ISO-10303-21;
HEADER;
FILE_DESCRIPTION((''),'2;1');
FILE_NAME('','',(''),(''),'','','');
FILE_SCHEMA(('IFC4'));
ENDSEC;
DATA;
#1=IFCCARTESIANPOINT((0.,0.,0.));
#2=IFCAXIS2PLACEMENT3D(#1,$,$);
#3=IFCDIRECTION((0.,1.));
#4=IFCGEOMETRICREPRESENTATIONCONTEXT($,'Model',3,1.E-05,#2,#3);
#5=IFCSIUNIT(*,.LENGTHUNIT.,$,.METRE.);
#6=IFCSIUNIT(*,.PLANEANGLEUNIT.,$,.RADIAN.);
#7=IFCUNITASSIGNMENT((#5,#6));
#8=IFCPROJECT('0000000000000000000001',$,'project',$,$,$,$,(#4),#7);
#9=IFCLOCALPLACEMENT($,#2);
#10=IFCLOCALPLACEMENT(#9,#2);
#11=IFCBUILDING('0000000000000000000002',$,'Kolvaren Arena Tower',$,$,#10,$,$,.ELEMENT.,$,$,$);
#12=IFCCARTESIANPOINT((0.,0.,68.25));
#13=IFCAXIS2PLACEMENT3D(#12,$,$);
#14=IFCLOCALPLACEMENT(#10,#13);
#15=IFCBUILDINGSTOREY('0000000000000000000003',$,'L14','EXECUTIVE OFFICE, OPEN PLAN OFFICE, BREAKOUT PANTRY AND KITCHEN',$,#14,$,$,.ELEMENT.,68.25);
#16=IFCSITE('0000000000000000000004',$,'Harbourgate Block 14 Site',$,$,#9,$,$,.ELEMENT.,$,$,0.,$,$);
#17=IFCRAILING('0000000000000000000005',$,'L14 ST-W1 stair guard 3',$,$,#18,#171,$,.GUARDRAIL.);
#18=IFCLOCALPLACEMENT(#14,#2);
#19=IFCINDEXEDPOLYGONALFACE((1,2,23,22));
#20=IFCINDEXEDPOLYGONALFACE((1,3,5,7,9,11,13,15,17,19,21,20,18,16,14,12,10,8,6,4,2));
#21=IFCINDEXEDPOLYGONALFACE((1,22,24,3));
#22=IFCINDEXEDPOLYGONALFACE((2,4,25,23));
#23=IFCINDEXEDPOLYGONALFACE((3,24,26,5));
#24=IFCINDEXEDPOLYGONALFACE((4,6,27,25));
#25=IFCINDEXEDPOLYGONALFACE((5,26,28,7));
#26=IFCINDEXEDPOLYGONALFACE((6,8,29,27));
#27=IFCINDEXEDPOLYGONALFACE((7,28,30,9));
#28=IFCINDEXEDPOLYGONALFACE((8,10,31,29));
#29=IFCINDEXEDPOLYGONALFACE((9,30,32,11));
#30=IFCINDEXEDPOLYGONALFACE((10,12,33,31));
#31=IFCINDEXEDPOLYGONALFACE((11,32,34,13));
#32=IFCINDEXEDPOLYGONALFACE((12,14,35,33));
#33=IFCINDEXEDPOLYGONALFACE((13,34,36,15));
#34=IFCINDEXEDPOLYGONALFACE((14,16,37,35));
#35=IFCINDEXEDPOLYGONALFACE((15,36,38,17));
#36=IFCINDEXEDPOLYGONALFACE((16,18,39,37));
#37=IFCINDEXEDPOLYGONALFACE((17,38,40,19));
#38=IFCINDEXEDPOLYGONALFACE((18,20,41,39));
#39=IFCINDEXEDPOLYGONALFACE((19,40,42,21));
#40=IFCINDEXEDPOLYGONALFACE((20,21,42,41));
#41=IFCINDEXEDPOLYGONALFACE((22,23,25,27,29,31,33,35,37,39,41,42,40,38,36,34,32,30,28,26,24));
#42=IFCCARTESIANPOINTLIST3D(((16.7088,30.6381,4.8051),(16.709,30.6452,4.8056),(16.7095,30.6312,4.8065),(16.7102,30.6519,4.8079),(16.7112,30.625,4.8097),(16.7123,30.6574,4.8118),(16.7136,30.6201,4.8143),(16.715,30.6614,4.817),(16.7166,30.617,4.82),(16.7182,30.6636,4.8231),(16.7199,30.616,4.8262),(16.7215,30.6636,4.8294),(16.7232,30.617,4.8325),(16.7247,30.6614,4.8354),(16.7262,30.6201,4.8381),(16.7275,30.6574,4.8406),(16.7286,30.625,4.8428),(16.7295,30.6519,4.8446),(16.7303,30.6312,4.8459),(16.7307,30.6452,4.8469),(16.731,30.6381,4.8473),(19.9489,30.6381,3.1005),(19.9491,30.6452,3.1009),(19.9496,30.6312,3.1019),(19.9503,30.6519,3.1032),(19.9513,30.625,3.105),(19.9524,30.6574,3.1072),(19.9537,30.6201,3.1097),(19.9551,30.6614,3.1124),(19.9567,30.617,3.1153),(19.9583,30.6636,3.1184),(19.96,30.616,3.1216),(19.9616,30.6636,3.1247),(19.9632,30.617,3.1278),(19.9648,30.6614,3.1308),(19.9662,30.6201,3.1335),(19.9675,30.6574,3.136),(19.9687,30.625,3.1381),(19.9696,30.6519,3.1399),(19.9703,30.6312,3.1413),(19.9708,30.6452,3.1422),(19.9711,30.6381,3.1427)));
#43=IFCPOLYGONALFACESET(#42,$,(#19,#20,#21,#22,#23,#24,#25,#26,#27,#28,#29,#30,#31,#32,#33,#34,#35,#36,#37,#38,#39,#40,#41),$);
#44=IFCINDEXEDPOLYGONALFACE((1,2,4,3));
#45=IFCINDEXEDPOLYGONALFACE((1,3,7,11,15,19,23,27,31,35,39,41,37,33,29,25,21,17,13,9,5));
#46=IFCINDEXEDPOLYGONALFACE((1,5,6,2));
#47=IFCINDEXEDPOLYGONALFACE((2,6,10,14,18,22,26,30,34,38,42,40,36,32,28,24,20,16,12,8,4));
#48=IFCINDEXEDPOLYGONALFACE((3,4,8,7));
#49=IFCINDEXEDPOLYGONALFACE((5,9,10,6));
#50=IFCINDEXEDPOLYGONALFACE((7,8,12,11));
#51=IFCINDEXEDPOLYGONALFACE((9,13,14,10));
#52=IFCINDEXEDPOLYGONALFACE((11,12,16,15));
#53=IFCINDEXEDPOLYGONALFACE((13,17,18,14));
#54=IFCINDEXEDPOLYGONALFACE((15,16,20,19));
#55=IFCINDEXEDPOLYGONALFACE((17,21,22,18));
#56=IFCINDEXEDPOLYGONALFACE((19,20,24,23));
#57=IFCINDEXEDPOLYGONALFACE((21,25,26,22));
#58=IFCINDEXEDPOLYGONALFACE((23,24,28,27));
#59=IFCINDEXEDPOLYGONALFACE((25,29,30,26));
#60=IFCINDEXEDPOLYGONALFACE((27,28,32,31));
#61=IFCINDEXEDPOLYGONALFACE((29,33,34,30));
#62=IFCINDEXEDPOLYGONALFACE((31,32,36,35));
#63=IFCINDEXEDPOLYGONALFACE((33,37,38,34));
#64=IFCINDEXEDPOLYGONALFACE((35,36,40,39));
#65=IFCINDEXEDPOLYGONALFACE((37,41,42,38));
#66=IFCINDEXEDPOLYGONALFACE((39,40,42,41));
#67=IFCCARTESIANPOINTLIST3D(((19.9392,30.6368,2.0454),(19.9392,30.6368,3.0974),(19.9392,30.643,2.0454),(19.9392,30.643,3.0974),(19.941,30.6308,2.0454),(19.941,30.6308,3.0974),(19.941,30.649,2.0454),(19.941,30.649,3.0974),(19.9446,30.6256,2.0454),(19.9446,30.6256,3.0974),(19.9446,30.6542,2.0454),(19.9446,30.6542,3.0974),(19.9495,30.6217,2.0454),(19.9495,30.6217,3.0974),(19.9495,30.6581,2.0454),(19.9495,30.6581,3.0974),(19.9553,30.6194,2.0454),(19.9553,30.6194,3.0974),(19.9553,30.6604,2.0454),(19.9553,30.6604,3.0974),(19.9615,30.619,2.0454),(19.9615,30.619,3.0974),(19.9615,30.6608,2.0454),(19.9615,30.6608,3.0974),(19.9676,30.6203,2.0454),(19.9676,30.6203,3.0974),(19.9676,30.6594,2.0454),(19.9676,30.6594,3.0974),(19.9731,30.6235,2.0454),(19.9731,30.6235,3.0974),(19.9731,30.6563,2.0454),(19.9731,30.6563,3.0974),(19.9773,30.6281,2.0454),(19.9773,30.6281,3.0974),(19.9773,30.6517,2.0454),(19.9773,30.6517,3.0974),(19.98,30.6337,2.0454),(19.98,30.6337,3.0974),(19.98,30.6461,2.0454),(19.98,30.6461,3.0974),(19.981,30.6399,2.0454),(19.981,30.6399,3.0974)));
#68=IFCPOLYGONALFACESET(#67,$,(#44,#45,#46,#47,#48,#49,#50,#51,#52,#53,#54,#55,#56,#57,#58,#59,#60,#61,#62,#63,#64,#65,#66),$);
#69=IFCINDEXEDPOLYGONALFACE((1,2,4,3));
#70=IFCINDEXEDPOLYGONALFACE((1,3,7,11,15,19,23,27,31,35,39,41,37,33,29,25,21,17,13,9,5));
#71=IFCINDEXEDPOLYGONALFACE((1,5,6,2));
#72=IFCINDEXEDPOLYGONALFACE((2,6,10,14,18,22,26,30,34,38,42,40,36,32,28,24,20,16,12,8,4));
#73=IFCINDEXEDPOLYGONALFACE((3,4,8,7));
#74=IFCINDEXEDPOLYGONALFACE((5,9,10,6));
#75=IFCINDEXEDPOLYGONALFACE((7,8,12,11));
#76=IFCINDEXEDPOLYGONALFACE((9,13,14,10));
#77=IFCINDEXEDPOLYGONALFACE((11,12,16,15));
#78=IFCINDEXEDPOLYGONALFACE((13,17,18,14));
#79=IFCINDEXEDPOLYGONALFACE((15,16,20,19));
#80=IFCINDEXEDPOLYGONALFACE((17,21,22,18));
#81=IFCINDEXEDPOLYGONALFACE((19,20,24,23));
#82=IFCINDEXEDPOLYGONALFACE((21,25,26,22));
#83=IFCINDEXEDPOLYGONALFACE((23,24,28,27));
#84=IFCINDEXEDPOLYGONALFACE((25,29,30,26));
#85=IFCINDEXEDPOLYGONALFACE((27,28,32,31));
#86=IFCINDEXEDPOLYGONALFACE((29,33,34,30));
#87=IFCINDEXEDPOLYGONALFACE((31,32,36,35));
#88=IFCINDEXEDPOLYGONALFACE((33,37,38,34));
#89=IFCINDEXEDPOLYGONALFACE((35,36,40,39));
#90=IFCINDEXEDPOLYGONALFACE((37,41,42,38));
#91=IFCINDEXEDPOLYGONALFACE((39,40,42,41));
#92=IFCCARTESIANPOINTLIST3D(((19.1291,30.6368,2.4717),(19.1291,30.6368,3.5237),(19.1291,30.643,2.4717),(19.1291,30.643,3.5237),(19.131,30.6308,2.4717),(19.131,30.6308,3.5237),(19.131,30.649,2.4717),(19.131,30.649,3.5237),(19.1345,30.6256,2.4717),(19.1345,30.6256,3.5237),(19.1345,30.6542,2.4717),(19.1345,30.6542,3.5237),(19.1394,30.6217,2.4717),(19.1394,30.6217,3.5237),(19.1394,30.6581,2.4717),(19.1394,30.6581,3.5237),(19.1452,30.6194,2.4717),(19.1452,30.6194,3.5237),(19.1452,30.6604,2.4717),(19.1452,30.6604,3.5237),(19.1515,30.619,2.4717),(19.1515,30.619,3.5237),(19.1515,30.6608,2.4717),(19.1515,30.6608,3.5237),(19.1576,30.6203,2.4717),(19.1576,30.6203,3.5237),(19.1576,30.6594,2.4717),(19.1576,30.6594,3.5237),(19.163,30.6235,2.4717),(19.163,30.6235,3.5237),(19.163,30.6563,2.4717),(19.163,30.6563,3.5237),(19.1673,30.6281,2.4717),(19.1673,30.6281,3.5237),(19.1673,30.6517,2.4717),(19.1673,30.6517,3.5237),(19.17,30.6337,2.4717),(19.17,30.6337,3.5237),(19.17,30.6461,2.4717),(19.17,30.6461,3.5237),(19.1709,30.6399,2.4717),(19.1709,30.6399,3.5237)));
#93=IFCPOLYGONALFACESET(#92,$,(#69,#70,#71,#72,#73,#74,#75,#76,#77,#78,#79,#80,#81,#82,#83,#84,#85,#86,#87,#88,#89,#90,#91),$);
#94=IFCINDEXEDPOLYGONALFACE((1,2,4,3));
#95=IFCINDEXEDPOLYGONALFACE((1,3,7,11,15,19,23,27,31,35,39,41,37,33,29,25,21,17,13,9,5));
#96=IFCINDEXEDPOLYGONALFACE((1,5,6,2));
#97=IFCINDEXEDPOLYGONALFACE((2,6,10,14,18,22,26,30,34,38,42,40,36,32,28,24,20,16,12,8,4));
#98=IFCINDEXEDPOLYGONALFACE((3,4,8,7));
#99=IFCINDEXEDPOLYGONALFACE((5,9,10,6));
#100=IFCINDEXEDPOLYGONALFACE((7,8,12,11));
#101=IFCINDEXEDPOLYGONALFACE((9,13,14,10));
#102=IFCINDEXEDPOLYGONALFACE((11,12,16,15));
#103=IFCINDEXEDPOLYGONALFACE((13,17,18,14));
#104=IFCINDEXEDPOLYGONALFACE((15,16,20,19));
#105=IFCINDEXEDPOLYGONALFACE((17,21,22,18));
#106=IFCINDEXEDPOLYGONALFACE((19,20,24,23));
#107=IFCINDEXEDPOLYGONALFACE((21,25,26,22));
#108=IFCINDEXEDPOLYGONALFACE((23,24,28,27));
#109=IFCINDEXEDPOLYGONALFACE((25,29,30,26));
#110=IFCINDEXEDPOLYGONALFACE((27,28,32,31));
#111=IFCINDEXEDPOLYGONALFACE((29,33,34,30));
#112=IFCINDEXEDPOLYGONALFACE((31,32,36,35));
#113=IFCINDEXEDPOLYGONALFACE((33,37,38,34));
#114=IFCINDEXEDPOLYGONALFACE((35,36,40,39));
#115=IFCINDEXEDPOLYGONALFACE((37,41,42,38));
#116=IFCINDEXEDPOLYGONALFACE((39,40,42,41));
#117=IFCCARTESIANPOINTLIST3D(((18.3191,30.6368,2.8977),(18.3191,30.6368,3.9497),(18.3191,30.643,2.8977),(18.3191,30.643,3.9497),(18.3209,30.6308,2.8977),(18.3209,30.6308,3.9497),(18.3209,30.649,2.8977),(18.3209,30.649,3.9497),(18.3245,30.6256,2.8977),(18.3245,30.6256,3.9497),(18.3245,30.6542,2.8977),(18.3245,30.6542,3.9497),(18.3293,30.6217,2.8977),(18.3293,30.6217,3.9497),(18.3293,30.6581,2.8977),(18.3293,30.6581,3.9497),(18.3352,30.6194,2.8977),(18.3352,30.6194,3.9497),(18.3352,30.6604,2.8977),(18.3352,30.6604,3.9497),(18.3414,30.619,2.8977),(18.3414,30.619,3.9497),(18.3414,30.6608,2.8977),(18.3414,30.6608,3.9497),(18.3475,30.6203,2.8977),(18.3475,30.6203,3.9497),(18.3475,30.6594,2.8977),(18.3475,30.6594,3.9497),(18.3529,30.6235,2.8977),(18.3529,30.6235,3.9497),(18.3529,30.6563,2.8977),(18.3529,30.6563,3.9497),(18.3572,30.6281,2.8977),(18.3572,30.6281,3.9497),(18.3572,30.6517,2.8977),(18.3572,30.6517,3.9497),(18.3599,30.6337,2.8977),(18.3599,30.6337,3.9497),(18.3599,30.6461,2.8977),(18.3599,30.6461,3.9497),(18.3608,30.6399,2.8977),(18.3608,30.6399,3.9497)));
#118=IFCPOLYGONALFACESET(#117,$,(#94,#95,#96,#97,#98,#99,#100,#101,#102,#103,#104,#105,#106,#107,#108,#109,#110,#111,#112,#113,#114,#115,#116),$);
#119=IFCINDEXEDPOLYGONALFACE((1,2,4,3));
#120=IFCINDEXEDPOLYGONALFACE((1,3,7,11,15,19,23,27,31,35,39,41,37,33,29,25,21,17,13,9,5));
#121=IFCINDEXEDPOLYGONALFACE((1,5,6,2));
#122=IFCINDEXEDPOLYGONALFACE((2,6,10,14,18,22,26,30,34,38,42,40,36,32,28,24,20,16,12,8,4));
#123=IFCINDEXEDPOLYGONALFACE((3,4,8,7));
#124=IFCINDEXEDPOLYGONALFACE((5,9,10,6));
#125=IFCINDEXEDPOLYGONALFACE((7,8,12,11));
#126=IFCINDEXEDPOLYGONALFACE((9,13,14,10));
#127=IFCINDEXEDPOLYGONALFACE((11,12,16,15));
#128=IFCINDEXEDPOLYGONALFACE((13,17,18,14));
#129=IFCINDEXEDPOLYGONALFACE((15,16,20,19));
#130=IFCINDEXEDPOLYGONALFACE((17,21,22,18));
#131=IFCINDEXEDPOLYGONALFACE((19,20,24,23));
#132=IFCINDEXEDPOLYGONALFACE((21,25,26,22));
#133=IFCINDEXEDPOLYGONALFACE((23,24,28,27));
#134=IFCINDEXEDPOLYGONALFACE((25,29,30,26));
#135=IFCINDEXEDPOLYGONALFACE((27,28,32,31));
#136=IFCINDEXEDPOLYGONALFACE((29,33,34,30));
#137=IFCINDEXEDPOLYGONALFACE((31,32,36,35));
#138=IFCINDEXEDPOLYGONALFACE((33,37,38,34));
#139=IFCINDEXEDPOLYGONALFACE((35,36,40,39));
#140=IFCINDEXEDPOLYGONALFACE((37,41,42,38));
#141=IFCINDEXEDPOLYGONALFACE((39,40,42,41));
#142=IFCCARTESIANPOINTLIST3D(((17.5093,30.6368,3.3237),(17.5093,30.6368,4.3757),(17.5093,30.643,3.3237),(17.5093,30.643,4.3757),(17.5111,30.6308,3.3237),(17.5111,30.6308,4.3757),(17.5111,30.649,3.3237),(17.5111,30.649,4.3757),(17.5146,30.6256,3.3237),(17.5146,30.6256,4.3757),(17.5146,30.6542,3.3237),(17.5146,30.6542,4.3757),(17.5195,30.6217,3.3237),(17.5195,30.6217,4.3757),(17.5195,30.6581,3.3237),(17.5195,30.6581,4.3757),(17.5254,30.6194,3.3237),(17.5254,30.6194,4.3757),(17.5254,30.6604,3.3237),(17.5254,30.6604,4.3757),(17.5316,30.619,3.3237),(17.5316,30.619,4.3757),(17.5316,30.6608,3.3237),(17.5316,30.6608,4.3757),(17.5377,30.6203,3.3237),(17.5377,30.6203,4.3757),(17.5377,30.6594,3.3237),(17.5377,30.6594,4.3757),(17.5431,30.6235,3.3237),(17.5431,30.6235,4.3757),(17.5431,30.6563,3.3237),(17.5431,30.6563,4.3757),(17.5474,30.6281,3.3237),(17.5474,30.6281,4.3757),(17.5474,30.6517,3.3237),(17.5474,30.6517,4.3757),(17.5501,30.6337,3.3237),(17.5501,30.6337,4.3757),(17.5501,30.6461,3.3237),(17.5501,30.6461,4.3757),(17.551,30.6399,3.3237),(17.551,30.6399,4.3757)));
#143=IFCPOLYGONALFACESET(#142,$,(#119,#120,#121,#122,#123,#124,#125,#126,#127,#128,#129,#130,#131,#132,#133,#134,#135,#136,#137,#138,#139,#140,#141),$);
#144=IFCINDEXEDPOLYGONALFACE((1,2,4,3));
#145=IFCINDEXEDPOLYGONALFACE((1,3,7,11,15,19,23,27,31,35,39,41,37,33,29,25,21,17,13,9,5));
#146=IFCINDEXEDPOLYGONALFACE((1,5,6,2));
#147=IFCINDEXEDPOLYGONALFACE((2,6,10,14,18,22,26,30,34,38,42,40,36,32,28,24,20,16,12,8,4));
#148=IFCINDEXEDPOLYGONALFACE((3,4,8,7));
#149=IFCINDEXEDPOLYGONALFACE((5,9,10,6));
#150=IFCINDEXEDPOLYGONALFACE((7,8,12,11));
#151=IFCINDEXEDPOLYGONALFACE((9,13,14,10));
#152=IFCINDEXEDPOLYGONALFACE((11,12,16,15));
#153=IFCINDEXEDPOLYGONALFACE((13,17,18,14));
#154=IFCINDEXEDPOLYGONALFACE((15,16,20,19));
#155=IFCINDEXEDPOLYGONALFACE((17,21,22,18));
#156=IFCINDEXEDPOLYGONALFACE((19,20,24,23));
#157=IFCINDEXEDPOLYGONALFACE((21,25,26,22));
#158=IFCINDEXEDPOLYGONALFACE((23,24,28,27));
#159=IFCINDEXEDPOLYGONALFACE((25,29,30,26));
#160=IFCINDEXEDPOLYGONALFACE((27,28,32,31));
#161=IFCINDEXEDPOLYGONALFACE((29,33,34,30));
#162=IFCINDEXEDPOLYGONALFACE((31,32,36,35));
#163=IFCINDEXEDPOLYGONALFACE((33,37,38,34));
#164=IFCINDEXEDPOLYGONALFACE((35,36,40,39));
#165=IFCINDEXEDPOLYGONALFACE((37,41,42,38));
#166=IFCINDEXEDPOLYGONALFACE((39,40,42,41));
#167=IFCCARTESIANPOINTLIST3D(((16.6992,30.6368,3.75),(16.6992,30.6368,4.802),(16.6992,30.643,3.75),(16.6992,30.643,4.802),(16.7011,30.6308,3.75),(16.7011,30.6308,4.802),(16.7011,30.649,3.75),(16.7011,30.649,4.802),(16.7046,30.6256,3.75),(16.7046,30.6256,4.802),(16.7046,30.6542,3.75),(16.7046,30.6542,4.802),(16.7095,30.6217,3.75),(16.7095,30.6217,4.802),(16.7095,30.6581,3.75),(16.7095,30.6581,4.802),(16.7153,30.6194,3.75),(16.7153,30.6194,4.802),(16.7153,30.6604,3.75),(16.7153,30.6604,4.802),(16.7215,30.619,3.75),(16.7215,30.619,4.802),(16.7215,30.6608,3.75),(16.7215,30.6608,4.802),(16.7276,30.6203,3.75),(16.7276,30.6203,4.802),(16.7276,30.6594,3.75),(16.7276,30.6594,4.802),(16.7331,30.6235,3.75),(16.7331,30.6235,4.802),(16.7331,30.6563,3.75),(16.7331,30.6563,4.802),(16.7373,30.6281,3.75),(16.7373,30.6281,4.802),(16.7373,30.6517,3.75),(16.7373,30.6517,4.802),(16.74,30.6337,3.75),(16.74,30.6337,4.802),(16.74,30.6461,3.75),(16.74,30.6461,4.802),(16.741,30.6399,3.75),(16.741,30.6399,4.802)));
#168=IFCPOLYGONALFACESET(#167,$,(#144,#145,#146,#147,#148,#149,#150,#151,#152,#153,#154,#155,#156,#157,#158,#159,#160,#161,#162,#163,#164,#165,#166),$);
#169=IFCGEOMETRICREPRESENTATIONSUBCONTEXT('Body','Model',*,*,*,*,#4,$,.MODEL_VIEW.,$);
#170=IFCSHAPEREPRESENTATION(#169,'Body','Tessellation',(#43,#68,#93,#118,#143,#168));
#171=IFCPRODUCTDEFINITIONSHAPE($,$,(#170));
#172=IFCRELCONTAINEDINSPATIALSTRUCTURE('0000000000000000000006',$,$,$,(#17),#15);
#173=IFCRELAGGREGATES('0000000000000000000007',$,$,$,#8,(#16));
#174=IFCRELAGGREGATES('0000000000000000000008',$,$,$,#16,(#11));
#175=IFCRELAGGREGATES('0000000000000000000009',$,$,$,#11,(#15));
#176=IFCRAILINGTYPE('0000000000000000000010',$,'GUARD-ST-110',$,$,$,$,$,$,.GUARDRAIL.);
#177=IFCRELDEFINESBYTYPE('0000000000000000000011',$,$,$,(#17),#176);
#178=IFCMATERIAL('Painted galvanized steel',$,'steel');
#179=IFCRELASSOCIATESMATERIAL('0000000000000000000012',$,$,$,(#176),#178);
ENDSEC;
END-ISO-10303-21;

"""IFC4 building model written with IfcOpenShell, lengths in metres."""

from ifc_helpers import new_model, si_unit, direction, frame, origin, origin_2d, place, context, subcontext, project, spatial, circle, extrude, material, type_object, element, save


model = new_model("IFC4")

# Units and contexts
model_context = context("Model", 3, precision=1e-05, world=origin(), true_north=direction((0.0, 1.0)))
body_context = subcontext(model_context, "Body", "Model", "MODEL_VIEW")
ifc_project = project(units=[si_unit("LENGTHUNIT", "METRE"), si_unit("PLANEANGLEUNIT", "RADIAN")], contexts=[model_context])

# Site, building, storey
site_placement = place(None, origin())
site = spatial("IfcSite", under=ifc_project, at=site_placement, Name="Harbourgate Block 14 Site", CompositionType="ELEMENT", RefElevation=0.0)
building_placement = place(site_placement, origin())
building = spatial("IfcBuilding", under=site, at=building_placement, Name="Kolvaren Arena Tower", CompositionType="ELEMENT")
storey_placement = place(building_placement, frame((0.0, 0.0, 68.25)))
storey = spatial("IfcBuildingStorey", under=building, at=storey_placement, Name="L14", Description="EXECUTIVE OFFICE, OPEN PLAN OFFICE, BREAKOUT PANTRY AND KITCHEN", CompositionType="ELEMENT", Elevation=68.25)

# Railing
ifc_material_1 = material(Name="Painted galvanized steel", Category="steel")
railing_type_1 = type_object("IfcRailingType", Name="GUARD-ST-110", PredefinedType="GUARDRAIL", material=ifc_material_1)
railing_1_placement = place(storey_placement, frame((19.96, 30.6399, 2.0454)))
element("IfcRailing", 1, at=railing_1_placement, inside=storey, type_object=railing_type_1, Name="L14 ST-W1 stair guard 3", PredefinedType="GUARDRAIL", context=body_context, shape_type="SweptSolid", body=[
    extrude(circle(Radius=0.0239, at=origin_2d()), frame((0.0, 0.0, 1.0762), z_axis=(-0.884993, 0.0, 0.465604), x_axis=(0.0, -1.0, 0.0)), (0.0, 0.0, 1.0), 3.6611),
    extrude(circle(Radius=0.021, at=origin_2d()), origin(), (0.0, 0.0, 1.0), 1.052),
    extrude(circle(Radius=0.021, at=origin_2d()), frame((-0.8101, 0.0, 0.4263)), (0.0, 0.0, 1.0), 1.052),
    extrude(circle(Radius=0.021, at=origin_2d()), frame((-1.6201, 0.0, 0.8523)), (0.0, 0.0, 1.0), 1.052),
    extrude(circle(Radius=0.021, at=origin_2d()), frame((-2.4299, 0.0, 1.2783)), (0.0, 0.0, 1.0), 1.052),
    extrude(circle(Radius=0.021, at=origin_2d()), frame((-3.24, 0.0, 1.7046)), (0.0, 0.0, 1.0), 1.052),
])

save(model, "model.ifc")
